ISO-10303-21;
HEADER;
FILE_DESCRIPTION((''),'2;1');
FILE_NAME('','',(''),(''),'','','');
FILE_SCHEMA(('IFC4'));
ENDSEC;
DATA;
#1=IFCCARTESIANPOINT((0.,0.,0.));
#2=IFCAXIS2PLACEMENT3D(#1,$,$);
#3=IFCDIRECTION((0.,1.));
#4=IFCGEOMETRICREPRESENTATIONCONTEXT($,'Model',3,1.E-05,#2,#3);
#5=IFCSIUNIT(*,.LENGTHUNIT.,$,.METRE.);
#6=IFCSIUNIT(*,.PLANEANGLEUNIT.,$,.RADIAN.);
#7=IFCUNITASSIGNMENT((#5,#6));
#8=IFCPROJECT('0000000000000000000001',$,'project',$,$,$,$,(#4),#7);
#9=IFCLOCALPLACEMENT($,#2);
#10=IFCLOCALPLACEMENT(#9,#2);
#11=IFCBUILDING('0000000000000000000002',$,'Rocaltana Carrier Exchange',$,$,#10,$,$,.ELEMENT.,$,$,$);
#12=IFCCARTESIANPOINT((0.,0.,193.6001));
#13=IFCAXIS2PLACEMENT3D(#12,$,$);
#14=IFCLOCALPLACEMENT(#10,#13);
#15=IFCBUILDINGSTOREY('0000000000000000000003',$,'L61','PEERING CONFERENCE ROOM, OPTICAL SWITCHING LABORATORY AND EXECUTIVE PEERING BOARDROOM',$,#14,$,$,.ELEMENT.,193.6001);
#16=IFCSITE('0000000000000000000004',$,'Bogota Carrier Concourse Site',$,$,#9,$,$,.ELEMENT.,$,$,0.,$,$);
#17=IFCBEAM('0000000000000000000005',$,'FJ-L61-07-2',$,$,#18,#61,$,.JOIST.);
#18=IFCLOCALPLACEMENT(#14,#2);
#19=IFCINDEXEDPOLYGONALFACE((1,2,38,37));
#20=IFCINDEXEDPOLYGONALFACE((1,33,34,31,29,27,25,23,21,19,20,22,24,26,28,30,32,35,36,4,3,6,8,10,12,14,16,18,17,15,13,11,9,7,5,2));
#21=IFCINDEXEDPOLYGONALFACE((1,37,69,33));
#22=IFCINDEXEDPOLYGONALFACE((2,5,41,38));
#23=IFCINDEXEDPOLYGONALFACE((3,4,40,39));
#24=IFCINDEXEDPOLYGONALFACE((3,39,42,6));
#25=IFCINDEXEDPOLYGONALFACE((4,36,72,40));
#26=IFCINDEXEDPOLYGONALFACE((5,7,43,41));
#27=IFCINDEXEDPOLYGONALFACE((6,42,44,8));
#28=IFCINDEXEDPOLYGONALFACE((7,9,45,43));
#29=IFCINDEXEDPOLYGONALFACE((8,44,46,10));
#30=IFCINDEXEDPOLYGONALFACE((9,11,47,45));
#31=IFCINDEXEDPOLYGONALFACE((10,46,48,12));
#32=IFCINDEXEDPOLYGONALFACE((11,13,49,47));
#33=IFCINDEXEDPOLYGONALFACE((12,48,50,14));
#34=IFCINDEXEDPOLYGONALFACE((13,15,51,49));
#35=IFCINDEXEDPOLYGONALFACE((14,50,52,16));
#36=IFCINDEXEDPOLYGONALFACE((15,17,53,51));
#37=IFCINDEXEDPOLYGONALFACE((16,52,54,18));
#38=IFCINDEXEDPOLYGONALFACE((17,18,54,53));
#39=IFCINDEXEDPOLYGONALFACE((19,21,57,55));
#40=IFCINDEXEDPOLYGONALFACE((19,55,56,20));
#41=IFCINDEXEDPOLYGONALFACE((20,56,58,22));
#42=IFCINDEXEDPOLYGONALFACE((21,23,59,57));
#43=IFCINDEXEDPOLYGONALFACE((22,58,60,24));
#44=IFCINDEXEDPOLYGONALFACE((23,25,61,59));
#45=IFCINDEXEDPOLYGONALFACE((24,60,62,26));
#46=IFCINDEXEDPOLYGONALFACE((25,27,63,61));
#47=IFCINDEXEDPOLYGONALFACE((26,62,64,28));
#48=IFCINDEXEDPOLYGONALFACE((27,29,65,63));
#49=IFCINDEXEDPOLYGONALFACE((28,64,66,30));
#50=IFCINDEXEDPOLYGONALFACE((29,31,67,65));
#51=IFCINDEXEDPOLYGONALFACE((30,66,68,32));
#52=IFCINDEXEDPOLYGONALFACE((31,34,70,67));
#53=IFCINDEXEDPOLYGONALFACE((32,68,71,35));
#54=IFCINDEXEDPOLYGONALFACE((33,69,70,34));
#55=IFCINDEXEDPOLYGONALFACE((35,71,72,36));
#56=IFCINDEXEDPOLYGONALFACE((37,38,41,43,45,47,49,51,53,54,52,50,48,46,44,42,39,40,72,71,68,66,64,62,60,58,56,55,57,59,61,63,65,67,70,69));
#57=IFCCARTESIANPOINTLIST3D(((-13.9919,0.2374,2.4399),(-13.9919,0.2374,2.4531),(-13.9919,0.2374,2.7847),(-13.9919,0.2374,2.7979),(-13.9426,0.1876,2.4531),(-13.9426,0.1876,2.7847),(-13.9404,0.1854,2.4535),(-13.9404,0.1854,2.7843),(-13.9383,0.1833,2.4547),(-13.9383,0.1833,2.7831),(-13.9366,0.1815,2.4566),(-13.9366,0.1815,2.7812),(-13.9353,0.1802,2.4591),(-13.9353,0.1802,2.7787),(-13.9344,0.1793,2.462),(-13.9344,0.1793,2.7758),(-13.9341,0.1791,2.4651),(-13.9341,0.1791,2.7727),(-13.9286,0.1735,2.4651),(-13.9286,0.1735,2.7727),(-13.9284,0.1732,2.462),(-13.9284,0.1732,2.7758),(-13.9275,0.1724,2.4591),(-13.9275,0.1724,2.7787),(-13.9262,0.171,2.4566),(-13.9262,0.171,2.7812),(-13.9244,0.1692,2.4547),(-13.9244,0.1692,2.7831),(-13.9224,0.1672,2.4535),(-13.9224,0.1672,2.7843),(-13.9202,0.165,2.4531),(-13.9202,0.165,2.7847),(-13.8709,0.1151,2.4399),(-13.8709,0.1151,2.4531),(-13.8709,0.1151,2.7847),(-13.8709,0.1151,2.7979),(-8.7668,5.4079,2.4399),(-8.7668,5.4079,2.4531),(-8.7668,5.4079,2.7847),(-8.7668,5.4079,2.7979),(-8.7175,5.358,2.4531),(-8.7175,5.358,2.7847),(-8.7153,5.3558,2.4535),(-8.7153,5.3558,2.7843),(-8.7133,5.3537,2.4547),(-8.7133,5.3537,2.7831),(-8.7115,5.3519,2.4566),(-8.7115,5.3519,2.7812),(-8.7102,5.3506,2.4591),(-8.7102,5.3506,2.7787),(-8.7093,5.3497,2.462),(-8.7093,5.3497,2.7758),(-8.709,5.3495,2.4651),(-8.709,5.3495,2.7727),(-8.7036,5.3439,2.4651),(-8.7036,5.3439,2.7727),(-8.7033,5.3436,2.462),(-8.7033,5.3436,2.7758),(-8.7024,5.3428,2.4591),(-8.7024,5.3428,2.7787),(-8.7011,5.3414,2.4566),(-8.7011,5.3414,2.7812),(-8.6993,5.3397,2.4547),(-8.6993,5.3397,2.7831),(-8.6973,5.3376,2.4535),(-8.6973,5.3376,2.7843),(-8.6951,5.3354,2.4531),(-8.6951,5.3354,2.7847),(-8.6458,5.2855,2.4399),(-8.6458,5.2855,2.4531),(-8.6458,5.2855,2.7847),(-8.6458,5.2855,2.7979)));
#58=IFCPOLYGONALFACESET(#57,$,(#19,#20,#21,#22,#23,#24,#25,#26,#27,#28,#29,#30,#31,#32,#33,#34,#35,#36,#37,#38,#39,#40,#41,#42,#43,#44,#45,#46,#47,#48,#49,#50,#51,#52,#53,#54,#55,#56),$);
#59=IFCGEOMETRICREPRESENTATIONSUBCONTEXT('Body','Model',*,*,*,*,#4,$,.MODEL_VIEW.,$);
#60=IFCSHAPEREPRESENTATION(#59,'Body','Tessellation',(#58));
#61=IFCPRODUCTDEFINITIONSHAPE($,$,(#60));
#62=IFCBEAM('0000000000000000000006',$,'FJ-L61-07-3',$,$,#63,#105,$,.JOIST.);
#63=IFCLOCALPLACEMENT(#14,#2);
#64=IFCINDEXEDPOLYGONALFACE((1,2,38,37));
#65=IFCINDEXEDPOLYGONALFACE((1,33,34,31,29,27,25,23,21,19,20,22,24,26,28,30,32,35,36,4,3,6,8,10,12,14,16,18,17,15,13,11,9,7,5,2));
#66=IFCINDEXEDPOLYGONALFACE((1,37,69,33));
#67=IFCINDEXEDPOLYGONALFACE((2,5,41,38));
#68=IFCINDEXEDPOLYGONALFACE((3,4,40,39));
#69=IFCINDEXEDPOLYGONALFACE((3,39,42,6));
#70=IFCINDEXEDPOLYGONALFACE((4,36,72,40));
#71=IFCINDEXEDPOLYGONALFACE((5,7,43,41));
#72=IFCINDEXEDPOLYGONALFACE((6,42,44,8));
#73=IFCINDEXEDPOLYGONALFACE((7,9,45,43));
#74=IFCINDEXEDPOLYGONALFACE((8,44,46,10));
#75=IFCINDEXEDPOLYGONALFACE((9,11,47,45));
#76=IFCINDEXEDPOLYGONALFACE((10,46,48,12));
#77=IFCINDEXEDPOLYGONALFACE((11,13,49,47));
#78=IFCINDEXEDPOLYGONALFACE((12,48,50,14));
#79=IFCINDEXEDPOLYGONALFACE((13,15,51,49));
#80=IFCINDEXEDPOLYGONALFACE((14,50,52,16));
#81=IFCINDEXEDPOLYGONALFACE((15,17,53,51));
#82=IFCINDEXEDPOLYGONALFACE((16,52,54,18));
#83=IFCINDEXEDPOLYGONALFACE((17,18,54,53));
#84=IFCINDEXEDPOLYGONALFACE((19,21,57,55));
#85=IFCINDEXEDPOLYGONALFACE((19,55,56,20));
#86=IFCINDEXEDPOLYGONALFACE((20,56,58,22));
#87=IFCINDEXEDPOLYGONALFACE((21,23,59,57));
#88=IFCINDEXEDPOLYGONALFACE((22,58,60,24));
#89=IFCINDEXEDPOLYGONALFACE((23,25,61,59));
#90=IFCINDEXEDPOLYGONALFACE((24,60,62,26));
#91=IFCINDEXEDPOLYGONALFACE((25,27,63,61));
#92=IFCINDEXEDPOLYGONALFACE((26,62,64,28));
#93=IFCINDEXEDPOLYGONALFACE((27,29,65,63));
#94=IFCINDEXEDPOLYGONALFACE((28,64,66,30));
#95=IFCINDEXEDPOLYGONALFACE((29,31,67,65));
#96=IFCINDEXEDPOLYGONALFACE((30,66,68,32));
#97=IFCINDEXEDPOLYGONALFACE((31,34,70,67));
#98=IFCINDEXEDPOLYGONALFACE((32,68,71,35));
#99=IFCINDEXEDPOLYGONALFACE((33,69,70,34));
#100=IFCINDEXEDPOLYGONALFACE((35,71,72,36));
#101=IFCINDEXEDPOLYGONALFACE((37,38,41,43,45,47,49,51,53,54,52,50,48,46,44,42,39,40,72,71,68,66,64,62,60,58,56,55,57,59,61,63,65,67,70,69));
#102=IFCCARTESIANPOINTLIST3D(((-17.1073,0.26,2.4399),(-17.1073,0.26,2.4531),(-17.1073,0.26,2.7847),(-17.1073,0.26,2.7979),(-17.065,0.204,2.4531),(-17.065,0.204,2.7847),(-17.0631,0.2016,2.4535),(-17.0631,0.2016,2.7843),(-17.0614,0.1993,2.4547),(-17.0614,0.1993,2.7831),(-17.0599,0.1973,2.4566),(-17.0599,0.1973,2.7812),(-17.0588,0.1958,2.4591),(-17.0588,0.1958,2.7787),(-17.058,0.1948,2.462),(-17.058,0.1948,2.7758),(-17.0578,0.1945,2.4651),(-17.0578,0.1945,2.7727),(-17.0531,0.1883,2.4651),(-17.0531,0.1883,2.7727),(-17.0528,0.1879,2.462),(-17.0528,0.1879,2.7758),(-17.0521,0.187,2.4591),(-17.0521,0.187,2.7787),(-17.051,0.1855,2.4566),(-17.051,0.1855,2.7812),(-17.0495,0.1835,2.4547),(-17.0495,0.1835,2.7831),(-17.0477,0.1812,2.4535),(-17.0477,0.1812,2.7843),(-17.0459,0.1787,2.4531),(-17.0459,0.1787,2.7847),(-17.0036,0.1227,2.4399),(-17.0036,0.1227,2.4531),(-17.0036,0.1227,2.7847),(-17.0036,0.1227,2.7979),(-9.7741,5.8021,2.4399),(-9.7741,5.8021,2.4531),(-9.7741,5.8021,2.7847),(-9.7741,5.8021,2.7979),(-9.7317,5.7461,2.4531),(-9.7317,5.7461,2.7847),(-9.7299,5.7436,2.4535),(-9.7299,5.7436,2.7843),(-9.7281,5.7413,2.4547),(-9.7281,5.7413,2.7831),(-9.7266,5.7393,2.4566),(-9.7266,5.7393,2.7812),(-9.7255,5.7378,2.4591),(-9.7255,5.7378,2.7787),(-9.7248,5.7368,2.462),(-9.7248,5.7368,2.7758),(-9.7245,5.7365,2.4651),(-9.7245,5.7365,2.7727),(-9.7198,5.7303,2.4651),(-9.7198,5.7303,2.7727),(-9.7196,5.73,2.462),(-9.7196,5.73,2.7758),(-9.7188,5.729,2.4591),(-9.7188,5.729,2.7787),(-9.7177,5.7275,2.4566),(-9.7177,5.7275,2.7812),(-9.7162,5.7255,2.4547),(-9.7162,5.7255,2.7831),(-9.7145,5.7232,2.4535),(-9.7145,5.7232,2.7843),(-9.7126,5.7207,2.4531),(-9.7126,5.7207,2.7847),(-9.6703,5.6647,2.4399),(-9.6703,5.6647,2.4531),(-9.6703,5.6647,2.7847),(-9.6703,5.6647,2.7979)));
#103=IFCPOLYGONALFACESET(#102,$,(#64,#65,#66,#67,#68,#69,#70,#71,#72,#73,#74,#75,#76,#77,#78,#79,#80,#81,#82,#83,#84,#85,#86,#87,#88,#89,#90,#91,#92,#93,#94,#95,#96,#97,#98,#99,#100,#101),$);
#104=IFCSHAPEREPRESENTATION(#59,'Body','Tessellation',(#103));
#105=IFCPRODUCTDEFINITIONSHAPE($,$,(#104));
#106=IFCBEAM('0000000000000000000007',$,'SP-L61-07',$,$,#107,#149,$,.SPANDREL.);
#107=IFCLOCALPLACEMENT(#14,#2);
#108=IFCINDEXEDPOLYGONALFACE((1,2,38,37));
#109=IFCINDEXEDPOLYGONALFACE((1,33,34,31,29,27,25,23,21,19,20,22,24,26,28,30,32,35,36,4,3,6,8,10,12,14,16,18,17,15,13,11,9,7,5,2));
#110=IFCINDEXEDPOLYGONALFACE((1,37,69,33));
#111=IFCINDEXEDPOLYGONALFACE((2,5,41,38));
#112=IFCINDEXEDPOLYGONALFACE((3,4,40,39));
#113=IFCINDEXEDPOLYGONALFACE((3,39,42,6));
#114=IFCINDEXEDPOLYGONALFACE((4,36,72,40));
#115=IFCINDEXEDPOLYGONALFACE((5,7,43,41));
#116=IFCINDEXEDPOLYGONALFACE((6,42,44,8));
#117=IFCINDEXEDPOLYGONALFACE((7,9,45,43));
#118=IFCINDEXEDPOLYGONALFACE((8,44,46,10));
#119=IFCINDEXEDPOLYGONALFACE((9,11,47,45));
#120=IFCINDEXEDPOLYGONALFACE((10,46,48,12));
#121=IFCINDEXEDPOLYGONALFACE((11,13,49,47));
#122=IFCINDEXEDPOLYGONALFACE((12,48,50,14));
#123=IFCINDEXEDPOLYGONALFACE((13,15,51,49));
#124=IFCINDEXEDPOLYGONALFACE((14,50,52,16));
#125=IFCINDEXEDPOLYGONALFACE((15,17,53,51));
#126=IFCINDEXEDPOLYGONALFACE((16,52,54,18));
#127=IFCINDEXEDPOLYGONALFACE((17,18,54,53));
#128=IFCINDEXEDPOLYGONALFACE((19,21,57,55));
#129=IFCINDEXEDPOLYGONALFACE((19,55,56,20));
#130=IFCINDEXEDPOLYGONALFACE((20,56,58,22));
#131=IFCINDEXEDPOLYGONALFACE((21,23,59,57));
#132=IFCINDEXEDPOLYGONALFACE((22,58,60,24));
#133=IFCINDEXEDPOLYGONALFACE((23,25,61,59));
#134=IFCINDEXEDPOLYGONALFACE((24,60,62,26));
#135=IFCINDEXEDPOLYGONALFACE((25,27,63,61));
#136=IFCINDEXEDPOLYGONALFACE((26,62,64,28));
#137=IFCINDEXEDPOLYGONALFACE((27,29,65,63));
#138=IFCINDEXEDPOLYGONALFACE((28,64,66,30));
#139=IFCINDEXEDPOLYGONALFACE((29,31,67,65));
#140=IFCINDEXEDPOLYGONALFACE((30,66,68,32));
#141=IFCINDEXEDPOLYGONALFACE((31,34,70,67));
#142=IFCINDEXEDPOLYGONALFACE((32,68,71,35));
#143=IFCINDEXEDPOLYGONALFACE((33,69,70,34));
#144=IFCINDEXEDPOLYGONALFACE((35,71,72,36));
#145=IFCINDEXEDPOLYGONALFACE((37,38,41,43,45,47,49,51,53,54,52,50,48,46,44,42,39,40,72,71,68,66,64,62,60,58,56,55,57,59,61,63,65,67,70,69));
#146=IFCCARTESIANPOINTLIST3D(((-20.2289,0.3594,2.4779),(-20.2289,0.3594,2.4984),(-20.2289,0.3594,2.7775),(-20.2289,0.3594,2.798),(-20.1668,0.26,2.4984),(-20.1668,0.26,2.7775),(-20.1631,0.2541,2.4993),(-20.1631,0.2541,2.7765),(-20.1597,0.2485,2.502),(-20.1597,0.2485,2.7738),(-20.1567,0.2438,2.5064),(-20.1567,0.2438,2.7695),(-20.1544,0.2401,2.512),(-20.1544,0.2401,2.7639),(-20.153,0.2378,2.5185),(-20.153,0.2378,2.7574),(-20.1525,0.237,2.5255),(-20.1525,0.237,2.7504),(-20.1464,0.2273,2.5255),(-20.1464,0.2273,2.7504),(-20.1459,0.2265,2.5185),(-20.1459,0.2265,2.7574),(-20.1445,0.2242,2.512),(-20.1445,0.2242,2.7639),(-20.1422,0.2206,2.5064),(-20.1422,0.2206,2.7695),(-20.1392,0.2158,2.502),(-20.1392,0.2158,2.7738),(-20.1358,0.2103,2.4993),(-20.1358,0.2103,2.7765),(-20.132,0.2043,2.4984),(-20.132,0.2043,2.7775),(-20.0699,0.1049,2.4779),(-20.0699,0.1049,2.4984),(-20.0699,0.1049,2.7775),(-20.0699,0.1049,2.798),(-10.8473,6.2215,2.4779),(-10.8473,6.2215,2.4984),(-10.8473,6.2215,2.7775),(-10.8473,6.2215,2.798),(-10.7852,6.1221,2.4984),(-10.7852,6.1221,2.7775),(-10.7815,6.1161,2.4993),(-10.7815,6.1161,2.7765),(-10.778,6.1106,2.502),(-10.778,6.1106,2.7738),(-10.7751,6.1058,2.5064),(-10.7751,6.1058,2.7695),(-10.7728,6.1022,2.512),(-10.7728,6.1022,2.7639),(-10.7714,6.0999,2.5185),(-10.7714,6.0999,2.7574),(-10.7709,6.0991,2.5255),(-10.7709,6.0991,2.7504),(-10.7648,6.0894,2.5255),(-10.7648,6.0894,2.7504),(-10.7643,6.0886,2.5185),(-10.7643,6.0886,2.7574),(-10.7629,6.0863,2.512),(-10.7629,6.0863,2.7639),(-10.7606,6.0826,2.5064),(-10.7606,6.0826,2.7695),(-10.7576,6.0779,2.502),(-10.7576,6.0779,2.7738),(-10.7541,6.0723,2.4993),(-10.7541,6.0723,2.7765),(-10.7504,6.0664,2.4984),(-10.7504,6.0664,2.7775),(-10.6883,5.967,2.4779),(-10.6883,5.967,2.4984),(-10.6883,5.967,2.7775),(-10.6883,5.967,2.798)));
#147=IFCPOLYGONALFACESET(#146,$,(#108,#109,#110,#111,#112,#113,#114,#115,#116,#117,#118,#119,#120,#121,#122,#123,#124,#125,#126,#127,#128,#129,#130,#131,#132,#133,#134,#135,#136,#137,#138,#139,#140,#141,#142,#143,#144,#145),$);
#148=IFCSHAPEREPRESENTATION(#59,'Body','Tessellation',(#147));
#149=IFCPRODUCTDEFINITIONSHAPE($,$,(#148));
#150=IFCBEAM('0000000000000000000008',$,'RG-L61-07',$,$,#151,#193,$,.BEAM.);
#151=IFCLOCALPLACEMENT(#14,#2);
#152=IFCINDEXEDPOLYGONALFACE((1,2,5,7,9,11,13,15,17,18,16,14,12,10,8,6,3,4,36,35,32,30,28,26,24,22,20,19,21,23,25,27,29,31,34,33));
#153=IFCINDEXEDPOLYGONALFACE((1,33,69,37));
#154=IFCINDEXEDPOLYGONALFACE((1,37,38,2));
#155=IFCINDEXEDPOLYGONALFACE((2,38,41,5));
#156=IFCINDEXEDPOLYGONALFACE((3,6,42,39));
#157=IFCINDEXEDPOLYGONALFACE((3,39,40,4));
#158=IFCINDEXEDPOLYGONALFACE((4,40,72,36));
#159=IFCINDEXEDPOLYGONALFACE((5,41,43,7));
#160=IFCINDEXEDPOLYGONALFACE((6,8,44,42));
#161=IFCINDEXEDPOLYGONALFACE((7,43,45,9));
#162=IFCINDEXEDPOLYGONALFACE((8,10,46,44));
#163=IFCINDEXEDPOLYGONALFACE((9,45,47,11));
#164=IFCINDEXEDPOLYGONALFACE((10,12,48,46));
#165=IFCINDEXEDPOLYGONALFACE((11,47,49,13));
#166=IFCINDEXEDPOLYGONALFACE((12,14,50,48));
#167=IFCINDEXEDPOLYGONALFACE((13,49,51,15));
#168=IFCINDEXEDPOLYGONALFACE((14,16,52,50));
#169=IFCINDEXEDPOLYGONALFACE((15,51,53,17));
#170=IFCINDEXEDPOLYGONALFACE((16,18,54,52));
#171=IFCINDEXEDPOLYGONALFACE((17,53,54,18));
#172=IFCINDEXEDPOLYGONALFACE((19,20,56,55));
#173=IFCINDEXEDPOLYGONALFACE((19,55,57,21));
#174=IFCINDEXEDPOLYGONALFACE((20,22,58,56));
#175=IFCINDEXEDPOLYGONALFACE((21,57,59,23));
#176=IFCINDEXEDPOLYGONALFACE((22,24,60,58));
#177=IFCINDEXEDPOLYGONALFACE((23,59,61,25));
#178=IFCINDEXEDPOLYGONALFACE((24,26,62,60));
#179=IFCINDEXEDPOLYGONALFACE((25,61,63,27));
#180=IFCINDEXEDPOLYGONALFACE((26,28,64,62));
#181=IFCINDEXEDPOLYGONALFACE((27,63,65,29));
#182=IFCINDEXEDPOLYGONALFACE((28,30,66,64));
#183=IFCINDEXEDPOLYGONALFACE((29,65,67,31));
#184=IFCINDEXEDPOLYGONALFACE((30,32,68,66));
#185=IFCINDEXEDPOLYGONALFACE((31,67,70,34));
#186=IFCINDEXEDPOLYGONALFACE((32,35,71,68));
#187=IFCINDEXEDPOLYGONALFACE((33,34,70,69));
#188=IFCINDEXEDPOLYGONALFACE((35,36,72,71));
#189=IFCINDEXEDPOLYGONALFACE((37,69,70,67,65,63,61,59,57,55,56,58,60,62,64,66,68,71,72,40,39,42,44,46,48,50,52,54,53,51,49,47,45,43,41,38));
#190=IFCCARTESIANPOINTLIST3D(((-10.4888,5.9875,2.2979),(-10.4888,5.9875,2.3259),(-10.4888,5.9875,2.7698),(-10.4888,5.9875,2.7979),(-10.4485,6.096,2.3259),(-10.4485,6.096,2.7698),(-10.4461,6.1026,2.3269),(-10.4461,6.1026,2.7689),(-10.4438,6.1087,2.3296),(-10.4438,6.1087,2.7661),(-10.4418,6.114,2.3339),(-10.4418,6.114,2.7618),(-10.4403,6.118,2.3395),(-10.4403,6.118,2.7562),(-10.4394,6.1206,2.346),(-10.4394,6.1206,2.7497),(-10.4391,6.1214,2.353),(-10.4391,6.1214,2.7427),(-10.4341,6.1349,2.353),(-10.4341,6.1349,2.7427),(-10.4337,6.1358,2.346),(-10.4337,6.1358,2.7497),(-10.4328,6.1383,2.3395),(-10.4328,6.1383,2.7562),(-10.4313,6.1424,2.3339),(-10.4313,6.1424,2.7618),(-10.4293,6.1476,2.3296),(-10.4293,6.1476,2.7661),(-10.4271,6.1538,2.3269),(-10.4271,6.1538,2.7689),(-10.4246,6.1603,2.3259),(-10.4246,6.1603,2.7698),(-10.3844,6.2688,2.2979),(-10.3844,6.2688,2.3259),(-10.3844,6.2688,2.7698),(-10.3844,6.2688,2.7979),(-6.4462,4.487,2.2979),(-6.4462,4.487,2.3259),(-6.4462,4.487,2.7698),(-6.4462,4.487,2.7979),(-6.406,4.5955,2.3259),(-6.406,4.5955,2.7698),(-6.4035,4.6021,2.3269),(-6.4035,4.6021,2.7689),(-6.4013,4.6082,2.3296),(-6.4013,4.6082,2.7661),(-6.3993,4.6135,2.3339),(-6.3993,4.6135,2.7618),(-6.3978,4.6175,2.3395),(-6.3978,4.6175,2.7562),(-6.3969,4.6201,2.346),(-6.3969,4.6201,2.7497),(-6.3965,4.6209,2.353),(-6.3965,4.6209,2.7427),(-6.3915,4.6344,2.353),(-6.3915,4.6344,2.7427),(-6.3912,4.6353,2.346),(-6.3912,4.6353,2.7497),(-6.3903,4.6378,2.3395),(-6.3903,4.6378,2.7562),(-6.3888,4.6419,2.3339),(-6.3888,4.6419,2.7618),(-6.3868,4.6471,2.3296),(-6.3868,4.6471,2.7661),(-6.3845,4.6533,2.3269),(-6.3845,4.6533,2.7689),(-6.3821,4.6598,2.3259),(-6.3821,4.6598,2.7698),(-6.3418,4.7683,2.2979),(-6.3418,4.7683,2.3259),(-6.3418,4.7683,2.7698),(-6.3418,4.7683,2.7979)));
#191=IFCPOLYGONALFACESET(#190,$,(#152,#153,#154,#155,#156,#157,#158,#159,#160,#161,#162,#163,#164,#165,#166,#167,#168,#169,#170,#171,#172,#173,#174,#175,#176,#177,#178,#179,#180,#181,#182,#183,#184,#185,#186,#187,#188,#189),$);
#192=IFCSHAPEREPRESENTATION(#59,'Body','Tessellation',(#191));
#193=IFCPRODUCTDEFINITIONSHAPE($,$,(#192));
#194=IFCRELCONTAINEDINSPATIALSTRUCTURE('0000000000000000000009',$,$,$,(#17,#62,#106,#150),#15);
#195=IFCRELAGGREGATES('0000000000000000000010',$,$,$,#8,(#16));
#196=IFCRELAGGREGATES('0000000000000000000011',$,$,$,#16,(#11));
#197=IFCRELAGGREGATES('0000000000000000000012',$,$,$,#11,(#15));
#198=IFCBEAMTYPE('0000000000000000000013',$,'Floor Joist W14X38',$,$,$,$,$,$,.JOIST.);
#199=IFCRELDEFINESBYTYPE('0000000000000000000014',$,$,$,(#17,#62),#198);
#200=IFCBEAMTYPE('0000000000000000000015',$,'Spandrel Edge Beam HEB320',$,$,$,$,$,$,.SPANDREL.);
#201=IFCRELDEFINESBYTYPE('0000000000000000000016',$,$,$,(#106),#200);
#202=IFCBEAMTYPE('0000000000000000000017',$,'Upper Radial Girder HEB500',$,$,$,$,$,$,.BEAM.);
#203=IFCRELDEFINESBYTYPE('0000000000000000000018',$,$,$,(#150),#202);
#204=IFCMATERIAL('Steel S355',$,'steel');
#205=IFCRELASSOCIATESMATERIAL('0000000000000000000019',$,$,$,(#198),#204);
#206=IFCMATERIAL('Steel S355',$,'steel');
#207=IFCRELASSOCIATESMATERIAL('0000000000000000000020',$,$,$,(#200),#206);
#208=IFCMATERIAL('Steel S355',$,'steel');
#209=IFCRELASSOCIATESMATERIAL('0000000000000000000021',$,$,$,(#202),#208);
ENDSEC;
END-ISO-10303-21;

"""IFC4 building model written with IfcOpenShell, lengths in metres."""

from ifc_helpers import new_model, si_unit, direction, frame, origin, origin_2d, place, context, subcontext, project, spatial, i_section, extrude, material, material_profile, profile_set, type_object, element, save


model = new_model("IFC4")

# Units and contexts
model_context = context("Model", 3, precision=1e-05, world=origin(), true_north=direction((0.0, 1.0)))
body_context = subcontext(model_context, "Body", "Model", "MODEL_VIEW")
ifc_project = project(units=[si_unit("LENGTHUNIT", "METRE"), si_unit("PLANEANGLEUNIT", "RADIAN")], contexts=[model_context])

# Site, building, storey
site_placement = place(None, origin())
site = spatial("IfcSite", under=ifc_project, at=site_placement, Name="Bogota Carrier Concourse Site", CompositionType="ELEMENT", RefElevation=0.0)
building_placement = place(site_placement, origin())
building = spatial("IfcBuilding", under=site, at=building_placement, Name="Rocaltana Carrier Exchange", CompositionType="ELEMENT")
storey_placement = place(building_placement, frame((0.0, 0.0, 193.6001)))
storey = spatial("IfcBuildingStorey", under=building, at=storey_placement, Name="L61", Description="PEERING CONFERENCE ROOM, OPTICAL SWITCHING LABORATORY AND EXECUTIVE PEERING BOARDROOM", CompositionType="ELEMENT", Elevation=193.6001)

# Beams
ifc_material_1 = material(Name="Steel S355", Category="steel")
ifc_material_profile_1 = material_profile(ifc_material_1, i_section(OverallWidth=0.1721, OverallDepth=0.3579, WebThickness=0.0078, FlangeThickness=0.0132, FilletRadius=0.012, at=origin_2d()), Name="W14X38")
ifc_profile_set_1 = profile_set([ifc_material_profile_1], Name="Steel S355")
beam_type_1 = type_object("IfcBeamType", Name="Floor Joist W14X38", PredefinedType="JOIST", material=ifc_profile_set_1)
beam_1_placement = place(storey_placement, frame((-8.7063, 5.3467, 2.6189), z_axis=(-0.710817, -0.703377, 0.0), x_axis=(0.703377, -0.710817, 0.0)))
element("IfcBeam", 1, at=beam_1_placement, inside=storey, type_object=beam_type_1, Name="FJ-L61-07-2", PredefinedType="JOIST", context=body_context, shape_type="SweptSolid", body=[
    extrude(i_section(OverallWidth=0.1721, OverallDepth=0.3579, WebThickness=0.0078, FlangeThickness=0.0132, FilletRadius=0.012, at=origin_2d()), origin(), (0.0, 0.0, 1.0), 7.3508),
])
beam_2_placement = place(storey_placement, frame((-9.7222, 5.7334, 2.6189), z_axis=(-0.797799, -0.602924, 0.0), x_axis=(0.602924, -0.797799, 0.0)))
element("IfcBeam", 2, at=beam_2_placement, inside=storey, type_object=beam_type_1, Name="FJ-L61-07-3", PredefinedType="JOIST", context=body_context, shape_type="SweptSolid", body=[
    extrude(i_section(OverallWidth=0.1721, OverallDepth=0.3579, WebThickness=0.0078, FlangeThickness=0.0132, FilletRadius=0.012, at=origin_2d()), origin(), (0.0, 0.0, 1.0), 9.1919),
])
ifc_material_2 = material(Name="Steel S355", Category="steel")
ifc_material_profile_2 = material_profile(ifc_material_2, i_section(OverallWidth=0.3, OverallDepth=0.3201, WebThickness=0.0115, FlangeThickness=0.0205, FilletRadius=0.0271, at=origin_2d()), Name="HEB320")
ifc_profile_set_2 = profile_set([ifc_material_profile_2], Name="Steel S355")
beam_type_2 = type_object("IfcBeamType", Name="Spandrel Edge Beam HEB320", PredefinedType="SPANDREL", material=ifc_profile_set_2)
beam_3_placement = place(storey_placement, frame((-10.7678, 6.0942, 2.6379), z_axis=(-0.848057, -0.529906, 0.0), x_axis=(0.529906, -0.848057, 0.0)))
element("IfcBeam", 3, at=beam_3_placement, inside=storey, type_object=beam_type_2, Name="SP-L61-07", PredefinedType="SPANDREL", context=body_context, shape_type="SweptSolid", body=[
    extrude(i_section(OverallWidth=0.3, OverallDepth=0.3201, WebThickness=0.0115, FlangeThickness=0.0205, FilletRadius=0.0271, at=origin_2d()), origin(), (0.0, 0.0, 1.0), 11.0625),
])
ifc_material_3 = material(Name="Steel S355", Category="steel")
ifc_material_profile_3 = material_profile(ifc_material_3, i_section(OverallWidth=0.3, OverallDepth=0.5, WebThickness=0.0144, FlangeThickness=0.0281, FilletRadius=0.0271, at=origin_2d()), Name="HEB500")
ifc_profile_set_3 = profile_set([ifc_material_profile_3], Name="Steel S355")
beam_type_3 = type_object("IfcBeamType", Name="Upper Radial Girder HEB500", PredefinedType="BEAM", material=ifc_profile_set_3)
beam_4_placement = place(storey_placement, frame((-6.394, 4.6277, 2.5479), z_axis=(-0.937501, 0.347982, 0.0), x_axis=(-0.347982, -0.937501, 0.0)))
element("IfcBeam", 4, at=beam_4_placement, inside=storey, type_object=beam_type_3, Name="RG-L61-07", PredefinedType="BEAM", context=body_context, shape_type="SweptSolid", body=[
    extrude(i_section(OverallWidth=0.3, OverallDepth=0.5, WebThickness=0.0144, FlangeThickness=0.0281, FilletRadius=0.0271, at=origin_2d()), origin(), (0.0, 0.0, 1.0), 4.312),
])

save(model, "model.ifc")
